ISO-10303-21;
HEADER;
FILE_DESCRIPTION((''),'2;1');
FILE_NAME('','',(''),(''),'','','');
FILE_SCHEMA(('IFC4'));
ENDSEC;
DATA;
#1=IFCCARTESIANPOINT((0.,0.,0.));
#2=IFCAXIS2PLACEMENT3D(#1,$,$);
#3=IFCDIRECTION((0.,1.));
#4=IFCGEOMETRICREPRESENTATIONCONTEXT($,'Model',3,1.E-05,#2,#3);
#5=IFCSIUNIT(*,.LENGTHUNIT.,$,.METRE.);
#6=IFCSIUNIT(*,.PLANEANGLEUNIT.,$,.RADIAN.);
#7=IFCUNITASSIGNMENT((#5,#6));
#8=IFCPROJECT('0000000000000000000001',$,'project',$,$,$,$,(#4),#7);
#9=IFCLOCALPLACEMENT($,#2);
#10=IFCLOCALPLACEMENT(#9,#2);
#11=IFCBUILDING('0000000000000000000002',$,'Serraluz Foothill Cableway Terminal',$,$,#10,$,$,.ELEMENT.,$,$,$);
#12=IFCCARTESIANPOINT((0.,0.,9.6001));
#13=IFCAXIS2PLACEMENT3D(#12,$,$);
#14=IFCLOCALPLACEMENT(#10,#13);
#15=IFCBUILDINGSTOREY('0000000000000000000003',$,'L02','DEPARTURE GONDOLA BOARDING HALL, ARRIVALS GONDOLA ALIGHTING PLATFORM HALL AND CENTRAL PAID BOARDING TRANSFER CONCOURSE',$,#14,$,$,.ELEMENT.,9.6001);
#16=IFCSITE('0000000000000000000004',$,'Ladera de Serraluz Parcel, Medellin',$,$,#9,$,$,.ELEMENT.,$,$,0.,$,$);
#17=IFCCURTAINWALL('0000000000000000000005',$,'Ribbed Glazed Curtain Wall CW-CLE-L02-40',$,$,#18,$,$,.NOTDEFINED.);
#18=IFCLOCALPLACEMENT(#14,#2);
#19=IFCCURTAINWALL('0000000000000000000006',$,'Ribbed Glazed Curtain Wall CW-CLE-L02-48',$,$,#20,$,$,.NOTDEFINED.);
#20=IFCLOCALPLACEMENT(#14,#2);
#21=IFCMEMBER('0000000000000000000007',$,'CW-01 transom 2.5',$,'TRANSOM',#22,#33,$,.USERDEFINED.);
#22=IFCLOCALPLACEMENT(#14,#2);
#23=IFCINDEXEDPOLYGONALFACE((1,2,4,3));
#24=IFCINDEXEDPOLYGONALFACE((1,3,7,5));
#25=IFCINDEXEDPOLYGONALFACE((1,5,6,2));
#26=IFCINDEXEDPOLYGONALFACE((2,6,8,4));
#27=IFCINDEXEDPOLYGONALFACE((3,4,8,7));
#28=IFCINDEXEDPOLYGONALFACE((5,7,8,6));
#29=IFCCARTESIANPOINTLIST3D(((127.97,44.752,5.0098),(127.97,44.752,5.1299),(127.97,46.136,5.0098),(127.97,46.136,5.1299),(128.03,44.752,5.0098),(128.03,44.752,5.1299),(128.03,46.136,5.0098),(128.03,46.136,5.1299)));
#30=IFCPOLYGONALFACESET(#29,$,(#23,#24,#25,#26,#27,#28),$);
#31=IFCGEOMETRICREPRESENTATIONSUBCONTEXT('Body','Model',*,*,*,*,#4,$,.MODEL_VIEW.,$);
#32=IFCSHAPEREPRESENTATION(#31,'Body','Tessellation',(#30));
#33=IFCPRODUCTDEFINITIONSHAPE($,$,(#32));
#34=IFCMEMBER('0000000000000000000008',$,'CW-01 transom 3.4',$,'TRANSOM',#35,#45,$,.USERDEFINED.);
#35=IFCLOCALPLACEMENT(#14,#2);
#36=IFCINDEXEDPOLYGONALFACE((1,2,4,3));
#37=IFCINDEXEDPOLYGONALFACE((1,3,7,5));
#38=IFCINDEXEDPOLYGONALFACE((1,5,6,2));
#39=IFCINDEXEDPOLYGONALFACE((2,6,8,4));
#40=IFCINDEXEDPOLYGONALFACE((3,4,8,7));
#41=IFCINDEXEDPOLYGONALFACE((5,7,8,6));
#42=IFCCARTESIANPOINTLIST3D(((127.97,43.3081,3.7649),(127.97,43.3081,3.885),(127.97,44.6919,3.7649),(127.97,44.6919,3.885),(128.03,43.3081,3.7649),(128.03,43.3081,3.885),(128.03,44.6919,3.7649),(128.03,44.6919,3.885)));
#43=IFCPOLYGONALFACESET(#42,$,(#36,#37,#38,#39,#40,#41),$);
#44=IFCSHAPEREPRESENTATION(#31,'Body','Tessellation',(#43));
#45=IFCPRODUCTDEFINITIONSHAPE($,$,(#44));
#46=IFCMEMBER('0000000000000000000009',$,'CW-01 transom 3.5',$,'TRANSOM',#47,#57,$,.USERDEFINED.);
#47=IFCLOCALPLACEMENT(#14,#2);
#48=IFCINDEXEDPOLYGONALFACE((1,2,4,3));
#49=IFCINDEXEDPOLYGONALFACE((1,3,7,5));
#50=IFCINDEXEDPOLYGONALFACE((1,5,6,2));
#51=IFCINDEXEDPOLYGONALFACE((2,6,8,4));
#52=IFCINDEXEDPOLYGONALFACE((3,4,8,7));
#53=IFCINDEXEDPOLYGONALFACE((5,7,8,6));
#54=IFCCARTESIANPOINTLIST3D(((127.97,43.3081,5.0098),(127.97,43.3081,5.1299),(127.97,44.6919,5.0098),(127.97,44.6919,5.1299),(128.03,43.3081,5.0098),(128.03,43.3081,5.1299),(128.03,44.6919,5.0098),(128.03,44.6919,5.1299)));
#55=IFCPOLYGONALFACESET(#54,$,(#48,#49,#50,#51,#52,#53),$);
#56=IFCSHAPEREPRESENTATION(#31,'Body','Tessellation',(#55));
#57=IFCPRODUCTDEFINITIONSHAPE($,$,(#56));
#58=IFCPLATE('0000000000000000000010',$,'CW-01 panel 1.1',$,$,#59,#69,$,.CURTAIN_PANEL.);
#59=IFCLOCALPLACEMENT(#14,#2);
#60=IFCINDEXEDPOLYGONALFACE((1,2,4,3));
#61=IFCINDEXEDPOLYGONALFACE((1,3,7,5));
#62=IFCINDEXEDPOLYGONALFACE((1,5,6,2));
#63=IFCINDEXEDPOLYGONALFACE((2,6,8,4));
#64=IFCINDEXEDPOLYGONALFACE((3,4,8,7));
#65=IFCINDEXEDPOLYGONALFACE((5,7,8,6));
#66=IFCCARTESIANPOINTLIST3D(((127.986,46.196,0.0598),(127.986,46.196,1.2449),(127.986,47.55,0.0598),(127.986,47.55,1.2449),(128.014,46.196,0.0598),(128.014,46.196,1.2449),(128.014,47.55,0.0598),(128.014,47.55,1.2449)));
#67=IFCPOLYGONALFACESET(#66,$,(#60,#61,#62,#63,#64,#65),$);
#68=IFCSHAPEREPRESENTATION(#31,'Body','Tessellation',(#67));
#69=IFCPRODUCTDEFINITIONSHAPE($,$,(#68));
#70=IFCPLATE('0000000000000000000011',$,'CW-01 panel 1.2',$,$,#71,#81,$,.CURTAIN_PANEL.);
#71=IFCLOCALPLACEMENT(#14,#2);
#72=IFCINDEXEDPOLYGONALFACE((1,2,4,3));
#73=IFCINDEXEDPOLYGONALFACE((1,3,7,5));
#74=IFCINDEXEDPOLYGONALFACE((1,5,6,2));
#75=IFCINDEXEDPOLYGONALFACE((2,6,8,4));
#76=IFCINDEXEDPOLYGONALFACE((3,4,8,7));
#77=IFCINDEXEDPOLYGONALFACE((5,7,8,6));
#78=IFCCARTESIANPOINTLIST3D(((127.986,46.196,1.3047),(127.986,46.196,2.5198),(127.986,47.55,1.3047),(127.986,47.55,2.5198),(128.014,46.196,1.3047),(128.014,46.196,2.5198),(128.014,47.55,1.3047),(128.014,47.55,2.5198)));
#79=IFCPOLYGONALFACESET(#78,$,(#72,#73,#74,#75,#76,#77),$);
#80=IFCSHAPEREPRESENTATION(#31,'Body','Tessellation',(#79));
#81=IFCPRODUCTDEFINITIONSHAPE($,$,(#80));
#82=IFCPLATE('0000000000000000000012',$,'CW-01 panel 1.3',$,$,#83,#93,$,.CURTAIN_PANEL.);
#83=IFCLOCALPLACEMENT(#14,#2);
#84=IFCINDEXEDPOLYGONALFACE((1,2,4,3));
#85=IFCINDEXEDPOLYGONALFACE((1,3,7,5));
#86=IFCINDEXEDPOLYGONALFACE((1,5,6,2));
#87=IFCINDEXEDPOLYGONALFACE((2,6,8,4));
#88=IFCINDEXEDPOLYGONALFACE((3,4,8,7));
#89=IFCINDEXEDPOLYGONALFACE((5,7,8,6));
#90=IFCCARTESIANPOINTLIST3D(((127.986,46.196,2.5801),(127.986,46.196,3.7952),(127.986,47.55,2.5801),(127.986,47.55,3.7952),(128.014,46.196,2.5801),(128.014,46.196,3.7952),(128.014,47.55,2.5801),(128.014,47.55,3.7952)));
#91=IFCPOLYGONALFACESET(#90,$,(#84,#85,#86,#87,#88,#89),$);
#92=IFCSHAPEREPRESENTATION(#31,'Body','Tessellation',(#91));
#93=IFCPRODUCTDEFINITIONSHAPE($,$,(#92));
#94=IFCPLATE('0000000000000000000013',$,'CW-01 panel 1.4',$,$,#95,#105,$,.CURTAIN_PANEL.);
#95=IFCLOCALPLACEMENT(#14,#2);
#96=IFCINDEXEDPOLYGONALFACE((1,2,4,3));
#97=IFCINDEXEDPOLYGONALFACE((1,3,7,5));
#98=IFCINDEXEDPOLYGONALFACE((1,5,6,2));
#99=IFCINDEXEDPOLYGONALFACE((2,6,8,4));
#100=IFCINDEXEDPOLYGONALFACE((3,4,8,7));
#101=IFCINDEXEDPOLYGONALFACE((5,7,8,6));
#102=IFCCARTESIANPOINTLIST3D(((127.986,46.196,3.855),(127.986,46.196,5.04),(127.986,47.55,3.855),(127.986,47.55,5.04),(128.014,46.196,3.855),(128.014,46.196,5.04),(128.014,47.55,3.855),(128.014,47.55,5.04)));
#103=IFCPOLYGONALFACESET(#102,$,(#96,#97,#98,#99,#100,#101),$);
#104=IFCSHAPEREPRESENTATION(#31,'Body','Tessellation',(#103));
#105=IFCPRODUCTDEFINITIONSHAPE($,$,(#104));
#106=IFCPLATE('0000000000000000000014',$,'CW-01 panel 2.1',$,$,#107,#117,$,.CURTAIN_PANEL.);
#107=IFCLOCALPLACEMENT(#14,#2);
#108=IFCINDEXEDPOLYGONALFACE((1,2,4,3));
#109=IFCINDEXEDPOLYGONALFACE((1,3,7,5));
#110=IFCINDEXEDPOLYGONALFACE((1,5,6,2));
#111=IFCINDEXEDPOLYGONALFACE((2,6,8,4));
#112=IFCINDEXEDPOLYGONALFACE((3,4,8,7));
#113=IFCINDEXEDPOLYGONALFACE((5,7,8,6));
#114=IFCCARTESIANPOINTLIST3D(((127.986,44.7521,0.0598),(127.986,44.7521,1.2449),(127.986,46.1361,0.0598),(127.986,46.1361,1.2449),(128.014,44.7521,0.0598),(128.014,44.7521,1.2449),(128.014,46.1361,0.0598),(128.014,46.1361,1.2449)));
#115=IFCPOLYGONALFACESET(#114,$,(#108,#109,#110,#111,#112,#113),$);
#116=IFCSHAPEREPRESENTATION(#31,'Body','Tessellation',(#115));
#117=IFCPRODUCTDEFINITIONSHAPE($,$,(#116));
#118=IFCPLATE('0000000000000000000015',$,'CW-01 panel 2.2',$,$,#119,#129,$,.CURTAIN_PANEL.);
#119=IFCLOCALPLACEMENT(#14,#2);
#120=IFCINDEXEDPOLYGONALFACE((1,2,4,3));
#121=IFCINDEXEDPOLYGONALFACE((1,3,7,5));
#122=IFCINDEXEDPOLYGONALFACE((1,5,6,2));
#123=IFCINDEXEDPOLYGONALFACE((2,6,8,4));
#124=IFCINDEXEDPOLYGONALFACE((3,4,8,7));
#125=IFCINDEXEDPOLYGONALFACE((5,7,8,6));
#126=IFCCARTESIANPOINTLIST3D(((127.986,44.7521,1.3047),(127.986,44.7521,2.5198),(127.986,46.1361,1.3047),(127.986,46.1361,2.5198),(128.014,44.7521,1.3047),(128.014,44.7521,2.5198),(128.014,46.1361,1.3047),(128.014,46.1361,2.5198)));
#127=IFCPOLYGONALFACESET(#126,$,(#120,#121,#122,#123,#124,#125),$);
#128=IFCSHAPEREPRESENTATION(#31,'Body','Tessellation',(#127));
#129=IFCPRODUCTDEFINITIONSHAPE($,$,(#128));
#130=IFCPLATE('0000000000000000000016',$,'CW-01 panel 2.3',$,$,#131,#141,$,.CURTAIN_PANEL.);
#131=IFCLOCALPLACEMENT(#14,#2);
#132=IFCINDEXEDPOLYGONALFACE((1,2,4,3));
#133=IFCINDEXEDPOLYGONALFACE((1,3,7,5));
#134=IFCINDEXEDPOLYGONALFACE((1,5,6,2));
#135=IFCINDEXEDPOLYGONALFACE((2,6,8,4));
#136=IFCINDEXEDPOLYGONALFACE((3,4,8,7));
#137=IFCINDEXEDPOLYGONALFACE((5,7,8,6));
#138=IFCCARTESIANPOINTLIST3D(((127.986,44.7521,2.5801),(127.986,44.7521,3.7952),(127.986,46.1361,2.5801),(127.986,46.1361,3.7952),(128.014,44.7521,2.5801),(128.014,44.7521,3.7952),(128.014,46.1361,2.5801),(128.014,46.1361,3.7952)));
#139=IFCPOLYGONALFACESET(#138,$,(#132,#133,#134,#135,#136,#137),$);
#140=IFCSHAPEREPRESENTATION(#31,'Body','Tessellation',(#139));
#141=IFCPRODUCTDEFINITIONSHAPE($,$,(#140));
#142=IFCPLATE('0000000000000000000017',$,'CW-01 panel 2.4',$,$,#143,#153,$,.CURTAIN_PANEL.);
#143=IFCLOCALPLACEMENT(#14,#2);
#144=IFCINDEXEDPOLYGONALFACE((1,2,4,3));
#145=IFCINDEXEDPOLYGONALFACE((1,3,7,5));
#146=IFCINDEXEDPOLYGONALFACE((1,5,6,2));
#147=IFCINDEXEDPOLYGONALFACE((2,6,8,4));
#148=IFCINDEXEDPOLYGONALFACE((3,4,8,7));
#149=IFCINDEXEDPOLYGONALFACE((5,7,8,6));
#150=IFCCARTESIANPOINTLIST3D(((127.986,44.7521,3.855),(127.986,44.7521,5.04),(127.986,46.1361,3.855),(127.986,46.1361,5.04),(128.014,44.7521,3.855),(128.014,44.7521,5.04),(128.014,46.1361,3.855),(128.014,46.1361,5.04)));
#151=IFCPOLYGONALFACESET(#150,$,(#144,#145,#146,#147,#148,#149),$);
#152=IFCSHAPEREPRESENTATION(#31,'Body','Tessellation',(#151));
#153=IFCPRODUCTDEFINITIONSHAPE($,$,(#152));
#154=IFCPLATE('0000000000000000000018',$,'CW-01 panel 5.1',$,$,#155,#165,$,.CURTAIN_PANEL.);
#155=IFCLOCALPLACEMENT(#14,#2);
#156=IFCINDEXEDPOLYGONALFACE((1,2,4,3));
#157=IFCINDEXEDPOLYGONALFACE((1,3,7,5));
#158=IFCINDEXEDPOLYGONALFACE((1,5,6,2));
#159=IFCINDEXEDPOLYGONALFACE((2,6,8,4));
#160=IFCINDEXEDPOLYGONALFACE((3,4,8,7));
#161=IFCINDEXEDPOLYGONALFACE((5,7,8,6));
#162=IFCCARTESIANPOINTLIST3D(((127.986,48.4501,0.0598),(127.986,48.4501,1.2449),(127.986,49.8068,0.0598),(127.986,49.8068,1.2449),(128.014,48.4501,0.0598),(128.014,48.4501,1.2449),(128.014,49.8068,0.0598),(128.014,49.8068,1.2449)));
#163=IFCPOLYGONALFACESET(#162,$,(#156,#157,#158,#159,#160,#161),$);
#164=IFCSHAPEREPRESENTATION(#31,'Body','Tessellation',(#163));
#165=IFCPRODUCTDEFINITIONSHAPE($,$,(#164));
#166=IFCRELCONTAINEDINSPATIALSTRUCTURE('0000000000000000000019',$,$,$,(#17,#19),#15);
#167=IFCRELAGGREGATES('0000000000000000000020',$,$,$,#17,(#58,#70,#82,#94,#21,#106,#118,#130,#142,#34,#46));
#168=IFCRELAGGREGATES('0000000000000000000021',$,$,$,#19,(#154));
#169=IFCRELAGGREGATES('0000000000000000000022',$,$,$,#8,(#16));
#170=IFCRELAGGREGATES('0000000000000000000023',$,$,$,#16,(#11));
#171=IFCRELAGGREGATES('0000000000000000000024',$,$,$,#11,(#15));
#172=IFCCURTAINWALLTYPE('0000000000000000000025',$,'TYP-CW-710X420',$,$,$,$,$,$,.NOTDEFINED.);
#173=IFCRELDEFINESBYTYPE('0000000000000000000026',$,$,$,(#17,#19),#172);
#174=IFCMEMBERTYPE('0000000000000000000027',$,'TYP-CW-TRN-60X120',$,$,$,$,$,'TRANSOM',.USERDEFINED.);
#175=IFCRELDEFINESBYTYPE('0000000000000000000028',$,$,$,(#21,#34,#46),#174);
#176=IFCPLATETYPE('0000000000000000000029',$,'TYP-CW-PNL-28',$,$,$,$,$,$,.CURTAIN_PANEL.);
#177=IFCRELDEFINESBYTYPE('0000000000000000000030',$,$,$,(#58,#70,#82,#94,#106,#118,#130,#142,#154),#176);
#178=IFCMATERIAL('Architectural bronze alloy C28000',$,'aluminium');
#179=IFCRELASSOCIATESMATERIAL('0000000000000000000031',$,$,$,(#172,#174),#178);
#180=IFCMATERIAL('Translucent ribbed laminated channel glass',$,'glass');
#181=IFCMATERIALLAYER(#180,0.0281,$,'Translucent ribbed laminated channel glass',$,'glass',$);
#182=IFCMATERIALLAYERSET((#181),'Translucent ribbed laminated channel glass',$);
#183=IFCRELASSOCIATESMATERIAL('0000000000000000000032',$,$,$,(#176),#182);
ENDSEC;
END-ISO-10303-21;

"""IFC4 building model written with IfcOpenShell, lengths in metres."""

from ifc_helpers import new_model, si_unit, direction, frame, origin, origin_2d, place, context, subcontext, project, spatial, rectangle, extrude, material, layer, layer_set, material_profile, profile_set, type_object, element, aggregate, save


model = new_model("IFC4")

# Units and contexts
model_context = context("Model", 3, precision=1e-05, world=origin(), true_north=direction((0.0, 1.0)))
body_context = subcontext(model_context, "Body", "Model", "MODEL_VIEW")
ifc_project = project(units=[si_unit("LENGTHUNIT", "METRE"), si_unit("PLANEANGLEUNIT", "RADIAN")], contexts=[model_context])

# Site, building, storey
site_placement = place(None, origin())
site = spatial("IfcSite", under=ifc_project, at=site_placement, Name="Ladera de Serraluz Parcel, Medellin", CompositionType="ELEMENT", RefElevation=0.0)
building_placement = place(site_placement, origin())
building = spatial("IfcBuilding", under=site, at=building_placement, Name="Serraluz Foothill Cableway Terminal", CompositionType="ELEMENT")
storey_placement = place(building_placement, frame((0.0, 0.0, 9.6001)))
storey = spatial("IfcBuildingStorey", under=building, at=storey_placement, Name="L02", Description="DEPARTURE GONDOLA BOARDING HALL, ARRIVALS GONDOLA ALIGHTING PLATFORM HALL AND CENTRAL PAID BOARDING TRANSFER CONCOURSE", CompositionType="ELEMENT", Elevation=9.6001)

# Curtain wall
ifc_material_1 = material(Name="Architectural bronze alloy C28000", Category="aluminium")
curtain_wall_type = type_object("IfcCurtainWallType", Name="TYP-CW-710X420", PredefinedType="NOTDEFINED", material=ifc_material_1)
curtain_wall_1_placement = place(storey_placement, origin())
curtain_wall_1 = element("IfcCurtainWall", 1, at=curtain_wall_1_placement, inside=storey, type_object=curtain_wall_type, Name="Ribbed Glazed Curtain Wall CW-CLE-L02-40", PredefinedType="NOTDEFINED")

# Curtain wall
curtain_wall_2_placement = place(storey_placement, origin())
curtain_wall_2 = element("IfcCurtainWall", 2, at=curtain_wall_2_placement, inside=storey, type_object=curtain_wall_type, Name="Ribbed Glazed Curtain Wall CW-CLE-L02-48", PredefinedType="NOTDEFINED")

# Members
ifc_material_profile_1 = material_profile(ifc_material_1, rectangle(XDim=0.0601, YDim=0.1201, at=origin_2d()), Name="ALU TRANSOM 60x120")
ifc_profile_set_1 = profile_set([ifc_material_profile_1], Name="Architectural bronze alloy C28000")
member_type_1 = type_object("IfcMemberType", Name="TYP-CW-TRN-60X120", ElementType="TRANSOM", PredefinedType="USERDEFINED", material=ifc_profile_set_1)
member_1_placement = place(storey_placement, frame((128.0, 46.136, 5.0698), z_axis=(0.0, -1.0, 0.0), x_axis=(1.0, 0.0, 0.0)))
member_1 = element("IfcMember", 3, at=member_1_placement, type_object=member_type_1, Name="CW-01 transom 2.5", ObjectType="TRANSOM", PredefinedType="USERDEFINED", context=body_context, shape_type="SweptSolid", body=[
    extrude(rectangle(XDim=0.0601, YDim=0.1201, at=origin_2d()), origin(), (0.0, 0.0, 1.0), 1.384),
])
member_2_placement = place(storey_placement, frame((128.0, 44.6919, 3.825), z_axis=(0.0, -1.0, 0.0), x_axis=(1.0, 0.0, 0.0)))
member_2 = element("IfcMember", 4, at=member_2_placement, type_object=member_type_1, Name="CW-01 transom 3.4", ObjectType="TRANSOM", PredefinedType="USERDEFINED", context=body_context, shape_type="SweptSolid", body=[
    extrude(rectangle(XDim=0.0601, YDim=0.1201, at=origin_2d()), origin(), (0.0, 0.0, 1.0), 1.3838),
])
member_3_placement = place(storey_placement, frame((128.0, 44.6919, 5.0698), z_axis=(0.0, -1.0, 0.0), x_axis=(1.0, 0.0, 0.0)))
member_3 = element("IfcMember", 5, at=member_3_placement, type_object=member_type_1, Name="CW-01 transom 3.5", ObjectType="TRANSOM", PredefinedType="USERDEFINED", context=body_context, shape_type="SweptSolid", body=[
    extrude(rectangle(XDim=0.0601, YDim=0.1201, at=origin_2d()), origin(), (0.0, 0.0, 1.0), 1.3838),
])

# Plates
ifc_material_2 = material(Name="Translucent ribbed laminated channel glass", Category="glass")
ifc_layer = layer(ifc_material_2, 0.0281, Name="Translucent ribbed laminated channel glass", Category="glass")
ifc_layer_set = layer_set([ifc_layer], Name="Translucent ribbed laminated channel glass")
plate_type = type_object("IfcPlateType", Name="TYP-CW-PNL-28", PredefinedType="CURTAIN_PANEL", material=ifc_layer_set)
plate_1_placement = place(storey_placement, frame((128.0, 46.873, 0.0598), z_axis=(0.0, 0.0, 1.0), x_axis=(0.0, -1.0, 0.0)))
plate_1 = element("IfcPlate", 6, at=plate_1_placement, type_object=plate_type, Name="CW-01 panel 1.1", PredefinedType="CURTAIN_PANEL", context=body_context, shape_type="SweptSolid", body=[
    extrude(rectangle(XDim=1.354, YDim=0.0281, at=origin_2d()), origin(), (0.0, 0.0, 1.0), 1.1851),
])
plate_2_placement = place(storey_placement, frame((128.0, 46.873, 1.3047), z_axis=(0.0, 0.0, 1.0), x_axis=(0.0, -1.0, 0.0)))
plate_2 = element("IfcPlate", 7, at=plate_2_placement, type_object=plate_type, Name="CW-01 panel 1.2", PredefinedType="CURTAIN_PANEL", context=body_context, shape_type="SweptSolid", body=[
    extrude(rectangle(XDim=1.354, YDim=0.0281, at=origin_2d()), origin(), (0.0, 0.0, 1.0), 1.2151),
])
plate_3_placement = place(storey_placement, frame((128.0, 46.873, 2.5801), z_axis=(0.0, 0.0, 1.0), x_axis=(0.0, -1.0, 0.0)))
plate_3 = element("IfcPlate", 8, at=plate_3_placement, type_object=plate_type, Name="CW-01 panel 1.3", PredefinedType="CURTAIN_PANEL", context=body_context, shape_type="SweptSolid", body=[
    extrude(rectangle(XDim=1.354, YDim=0.0281, at=origin_2d()), origin(), (0.0, 0.0, 1.0), 1.2151),
])
plate_4_placement = place(storey_placement, frame((128.0, 46.873, 3.855), z_axis=(0.0, 0.0, 1.0), x_axis=(0.0, -1.0, 0.0)))
plate_4 = element("IfcPlate", 9, at=plate_4_placement, type_object=plate_type, Name="CW-01 panel 1.4", PredefinedType="CURTAIN_PANEL", context=body_context, shape_type="SweptSolid", body=[
    extrude(rectangle(XDim=1.354, YDim=0.0281, at=origin_2d()), origin(), (0.0, 0.0, 1.0), 1.1851),
])
plate_5_placement = place(storey_placement, frame((128.0, 45.4441, 0.0598), z_axis=(0.0, 0.0, 1.0), x_axis=(0.0, -1.0, 0.0)))
plate_5 = element("IfcPlate", 10, at=plate_5_placement, type_object=plate_type, Name="CW-01 panel 2.1", PredefinedType="CURTAIN_PANEL", context=body_context, shape_type="SweptSolid", body=[
    extrude(rectangle(XDim=1.384, YDim=0.0281, at=origin_2d()), origin(), (0.0, 0.0, 1.0), 1.1851),
])
plate_6_placement = place(storey_placement, frame((128.0, 45.4441, 1.3047), z_axis=(0.0, 0.0, 1.0), x_axis=(0.0, -1.0, 0.0)))
plate_6 = element("IfcPlate", 11, at=plate_6_placement, type_object=plate_type, Name="CW-01 panel 2.2", PredefinedType="CURTAIN_PANEL", context=body_context, shape_type="SweptSolid", body=[
    extrude(rectangle(XDim=1.384, YDim=0.0281, at=origin_2d()), origin(), (0.0, 0.0, 1.0), 1.2151),
])
plate_7_placement = place(storey_placement, frame((128.0, 45.4441, 2.5801), z_axis=(0.0, 0.0, 1.0), x_axis=(0.0, -1.0, 0.0)))
plate_7 = element("IfcPlate", 12, at=plate_7_placement, type_object=plate_type, Name="CW-01 panel 2.3", PredefinedType="CURTAIN_PANEL", context=body_context, shape_type="SweptSolid", body=[
    extrude(rectangle(XDim=1.384, YDim=0.0281, at=origin_2d()), origin(), (0.0, 0.0, 1.0), 1.2151),
])
plate_8_placement = place(storey_placement, frame((128.0, 45.4441, 3.855), z_axis=(0.0, 0.0, 1.0), x_axis=(0.0, -1.0, 0.0)))
plate_8 = element("IfcPlate", 13, at=plate_8_placement, type_object=plate_type, Name="CW-01 panel 2.4", PredefinedType="CURTAIN_PANEL", context=body_context, shape_type="SweptSolid", body=[
    extrude(rectangle(XDim=1.384, YDim=0.0281, at=origin_2d()), origin(), (0.0, 0.0, 1.0), 1.1851),
])
aggregate(curtain_wall_1, [plate_1, plate_2, plate_3, plate_4, member_1, plate_5, plate_6, plate_7, plate_8, member_2, member_3])
plate_9_placement = place(storey_placement, frame((128.0, 49.1284, 0.0598), z_axis=(0.0, 0.0, 1.0), x_axis=(0.0, -1.0, 0.0)))
plate_9 = element("IfcPlate", 14, at=plate_9_placement, type_object=plate_type, Name="CW-01 panel 5.1", PredefinedType="CURTAIN_PANEL", context=body_context, shape_type="SweptSolid", body=[
    extrude(rectangle(XDim=1.3567, YDim=0.0281, at=origin_2d()), origin(), (0.0, 0.0, 1.0), 1.1851),
])
aggregate(curtain_wall_2, [plate_9])

save(model, "model.ifc")
